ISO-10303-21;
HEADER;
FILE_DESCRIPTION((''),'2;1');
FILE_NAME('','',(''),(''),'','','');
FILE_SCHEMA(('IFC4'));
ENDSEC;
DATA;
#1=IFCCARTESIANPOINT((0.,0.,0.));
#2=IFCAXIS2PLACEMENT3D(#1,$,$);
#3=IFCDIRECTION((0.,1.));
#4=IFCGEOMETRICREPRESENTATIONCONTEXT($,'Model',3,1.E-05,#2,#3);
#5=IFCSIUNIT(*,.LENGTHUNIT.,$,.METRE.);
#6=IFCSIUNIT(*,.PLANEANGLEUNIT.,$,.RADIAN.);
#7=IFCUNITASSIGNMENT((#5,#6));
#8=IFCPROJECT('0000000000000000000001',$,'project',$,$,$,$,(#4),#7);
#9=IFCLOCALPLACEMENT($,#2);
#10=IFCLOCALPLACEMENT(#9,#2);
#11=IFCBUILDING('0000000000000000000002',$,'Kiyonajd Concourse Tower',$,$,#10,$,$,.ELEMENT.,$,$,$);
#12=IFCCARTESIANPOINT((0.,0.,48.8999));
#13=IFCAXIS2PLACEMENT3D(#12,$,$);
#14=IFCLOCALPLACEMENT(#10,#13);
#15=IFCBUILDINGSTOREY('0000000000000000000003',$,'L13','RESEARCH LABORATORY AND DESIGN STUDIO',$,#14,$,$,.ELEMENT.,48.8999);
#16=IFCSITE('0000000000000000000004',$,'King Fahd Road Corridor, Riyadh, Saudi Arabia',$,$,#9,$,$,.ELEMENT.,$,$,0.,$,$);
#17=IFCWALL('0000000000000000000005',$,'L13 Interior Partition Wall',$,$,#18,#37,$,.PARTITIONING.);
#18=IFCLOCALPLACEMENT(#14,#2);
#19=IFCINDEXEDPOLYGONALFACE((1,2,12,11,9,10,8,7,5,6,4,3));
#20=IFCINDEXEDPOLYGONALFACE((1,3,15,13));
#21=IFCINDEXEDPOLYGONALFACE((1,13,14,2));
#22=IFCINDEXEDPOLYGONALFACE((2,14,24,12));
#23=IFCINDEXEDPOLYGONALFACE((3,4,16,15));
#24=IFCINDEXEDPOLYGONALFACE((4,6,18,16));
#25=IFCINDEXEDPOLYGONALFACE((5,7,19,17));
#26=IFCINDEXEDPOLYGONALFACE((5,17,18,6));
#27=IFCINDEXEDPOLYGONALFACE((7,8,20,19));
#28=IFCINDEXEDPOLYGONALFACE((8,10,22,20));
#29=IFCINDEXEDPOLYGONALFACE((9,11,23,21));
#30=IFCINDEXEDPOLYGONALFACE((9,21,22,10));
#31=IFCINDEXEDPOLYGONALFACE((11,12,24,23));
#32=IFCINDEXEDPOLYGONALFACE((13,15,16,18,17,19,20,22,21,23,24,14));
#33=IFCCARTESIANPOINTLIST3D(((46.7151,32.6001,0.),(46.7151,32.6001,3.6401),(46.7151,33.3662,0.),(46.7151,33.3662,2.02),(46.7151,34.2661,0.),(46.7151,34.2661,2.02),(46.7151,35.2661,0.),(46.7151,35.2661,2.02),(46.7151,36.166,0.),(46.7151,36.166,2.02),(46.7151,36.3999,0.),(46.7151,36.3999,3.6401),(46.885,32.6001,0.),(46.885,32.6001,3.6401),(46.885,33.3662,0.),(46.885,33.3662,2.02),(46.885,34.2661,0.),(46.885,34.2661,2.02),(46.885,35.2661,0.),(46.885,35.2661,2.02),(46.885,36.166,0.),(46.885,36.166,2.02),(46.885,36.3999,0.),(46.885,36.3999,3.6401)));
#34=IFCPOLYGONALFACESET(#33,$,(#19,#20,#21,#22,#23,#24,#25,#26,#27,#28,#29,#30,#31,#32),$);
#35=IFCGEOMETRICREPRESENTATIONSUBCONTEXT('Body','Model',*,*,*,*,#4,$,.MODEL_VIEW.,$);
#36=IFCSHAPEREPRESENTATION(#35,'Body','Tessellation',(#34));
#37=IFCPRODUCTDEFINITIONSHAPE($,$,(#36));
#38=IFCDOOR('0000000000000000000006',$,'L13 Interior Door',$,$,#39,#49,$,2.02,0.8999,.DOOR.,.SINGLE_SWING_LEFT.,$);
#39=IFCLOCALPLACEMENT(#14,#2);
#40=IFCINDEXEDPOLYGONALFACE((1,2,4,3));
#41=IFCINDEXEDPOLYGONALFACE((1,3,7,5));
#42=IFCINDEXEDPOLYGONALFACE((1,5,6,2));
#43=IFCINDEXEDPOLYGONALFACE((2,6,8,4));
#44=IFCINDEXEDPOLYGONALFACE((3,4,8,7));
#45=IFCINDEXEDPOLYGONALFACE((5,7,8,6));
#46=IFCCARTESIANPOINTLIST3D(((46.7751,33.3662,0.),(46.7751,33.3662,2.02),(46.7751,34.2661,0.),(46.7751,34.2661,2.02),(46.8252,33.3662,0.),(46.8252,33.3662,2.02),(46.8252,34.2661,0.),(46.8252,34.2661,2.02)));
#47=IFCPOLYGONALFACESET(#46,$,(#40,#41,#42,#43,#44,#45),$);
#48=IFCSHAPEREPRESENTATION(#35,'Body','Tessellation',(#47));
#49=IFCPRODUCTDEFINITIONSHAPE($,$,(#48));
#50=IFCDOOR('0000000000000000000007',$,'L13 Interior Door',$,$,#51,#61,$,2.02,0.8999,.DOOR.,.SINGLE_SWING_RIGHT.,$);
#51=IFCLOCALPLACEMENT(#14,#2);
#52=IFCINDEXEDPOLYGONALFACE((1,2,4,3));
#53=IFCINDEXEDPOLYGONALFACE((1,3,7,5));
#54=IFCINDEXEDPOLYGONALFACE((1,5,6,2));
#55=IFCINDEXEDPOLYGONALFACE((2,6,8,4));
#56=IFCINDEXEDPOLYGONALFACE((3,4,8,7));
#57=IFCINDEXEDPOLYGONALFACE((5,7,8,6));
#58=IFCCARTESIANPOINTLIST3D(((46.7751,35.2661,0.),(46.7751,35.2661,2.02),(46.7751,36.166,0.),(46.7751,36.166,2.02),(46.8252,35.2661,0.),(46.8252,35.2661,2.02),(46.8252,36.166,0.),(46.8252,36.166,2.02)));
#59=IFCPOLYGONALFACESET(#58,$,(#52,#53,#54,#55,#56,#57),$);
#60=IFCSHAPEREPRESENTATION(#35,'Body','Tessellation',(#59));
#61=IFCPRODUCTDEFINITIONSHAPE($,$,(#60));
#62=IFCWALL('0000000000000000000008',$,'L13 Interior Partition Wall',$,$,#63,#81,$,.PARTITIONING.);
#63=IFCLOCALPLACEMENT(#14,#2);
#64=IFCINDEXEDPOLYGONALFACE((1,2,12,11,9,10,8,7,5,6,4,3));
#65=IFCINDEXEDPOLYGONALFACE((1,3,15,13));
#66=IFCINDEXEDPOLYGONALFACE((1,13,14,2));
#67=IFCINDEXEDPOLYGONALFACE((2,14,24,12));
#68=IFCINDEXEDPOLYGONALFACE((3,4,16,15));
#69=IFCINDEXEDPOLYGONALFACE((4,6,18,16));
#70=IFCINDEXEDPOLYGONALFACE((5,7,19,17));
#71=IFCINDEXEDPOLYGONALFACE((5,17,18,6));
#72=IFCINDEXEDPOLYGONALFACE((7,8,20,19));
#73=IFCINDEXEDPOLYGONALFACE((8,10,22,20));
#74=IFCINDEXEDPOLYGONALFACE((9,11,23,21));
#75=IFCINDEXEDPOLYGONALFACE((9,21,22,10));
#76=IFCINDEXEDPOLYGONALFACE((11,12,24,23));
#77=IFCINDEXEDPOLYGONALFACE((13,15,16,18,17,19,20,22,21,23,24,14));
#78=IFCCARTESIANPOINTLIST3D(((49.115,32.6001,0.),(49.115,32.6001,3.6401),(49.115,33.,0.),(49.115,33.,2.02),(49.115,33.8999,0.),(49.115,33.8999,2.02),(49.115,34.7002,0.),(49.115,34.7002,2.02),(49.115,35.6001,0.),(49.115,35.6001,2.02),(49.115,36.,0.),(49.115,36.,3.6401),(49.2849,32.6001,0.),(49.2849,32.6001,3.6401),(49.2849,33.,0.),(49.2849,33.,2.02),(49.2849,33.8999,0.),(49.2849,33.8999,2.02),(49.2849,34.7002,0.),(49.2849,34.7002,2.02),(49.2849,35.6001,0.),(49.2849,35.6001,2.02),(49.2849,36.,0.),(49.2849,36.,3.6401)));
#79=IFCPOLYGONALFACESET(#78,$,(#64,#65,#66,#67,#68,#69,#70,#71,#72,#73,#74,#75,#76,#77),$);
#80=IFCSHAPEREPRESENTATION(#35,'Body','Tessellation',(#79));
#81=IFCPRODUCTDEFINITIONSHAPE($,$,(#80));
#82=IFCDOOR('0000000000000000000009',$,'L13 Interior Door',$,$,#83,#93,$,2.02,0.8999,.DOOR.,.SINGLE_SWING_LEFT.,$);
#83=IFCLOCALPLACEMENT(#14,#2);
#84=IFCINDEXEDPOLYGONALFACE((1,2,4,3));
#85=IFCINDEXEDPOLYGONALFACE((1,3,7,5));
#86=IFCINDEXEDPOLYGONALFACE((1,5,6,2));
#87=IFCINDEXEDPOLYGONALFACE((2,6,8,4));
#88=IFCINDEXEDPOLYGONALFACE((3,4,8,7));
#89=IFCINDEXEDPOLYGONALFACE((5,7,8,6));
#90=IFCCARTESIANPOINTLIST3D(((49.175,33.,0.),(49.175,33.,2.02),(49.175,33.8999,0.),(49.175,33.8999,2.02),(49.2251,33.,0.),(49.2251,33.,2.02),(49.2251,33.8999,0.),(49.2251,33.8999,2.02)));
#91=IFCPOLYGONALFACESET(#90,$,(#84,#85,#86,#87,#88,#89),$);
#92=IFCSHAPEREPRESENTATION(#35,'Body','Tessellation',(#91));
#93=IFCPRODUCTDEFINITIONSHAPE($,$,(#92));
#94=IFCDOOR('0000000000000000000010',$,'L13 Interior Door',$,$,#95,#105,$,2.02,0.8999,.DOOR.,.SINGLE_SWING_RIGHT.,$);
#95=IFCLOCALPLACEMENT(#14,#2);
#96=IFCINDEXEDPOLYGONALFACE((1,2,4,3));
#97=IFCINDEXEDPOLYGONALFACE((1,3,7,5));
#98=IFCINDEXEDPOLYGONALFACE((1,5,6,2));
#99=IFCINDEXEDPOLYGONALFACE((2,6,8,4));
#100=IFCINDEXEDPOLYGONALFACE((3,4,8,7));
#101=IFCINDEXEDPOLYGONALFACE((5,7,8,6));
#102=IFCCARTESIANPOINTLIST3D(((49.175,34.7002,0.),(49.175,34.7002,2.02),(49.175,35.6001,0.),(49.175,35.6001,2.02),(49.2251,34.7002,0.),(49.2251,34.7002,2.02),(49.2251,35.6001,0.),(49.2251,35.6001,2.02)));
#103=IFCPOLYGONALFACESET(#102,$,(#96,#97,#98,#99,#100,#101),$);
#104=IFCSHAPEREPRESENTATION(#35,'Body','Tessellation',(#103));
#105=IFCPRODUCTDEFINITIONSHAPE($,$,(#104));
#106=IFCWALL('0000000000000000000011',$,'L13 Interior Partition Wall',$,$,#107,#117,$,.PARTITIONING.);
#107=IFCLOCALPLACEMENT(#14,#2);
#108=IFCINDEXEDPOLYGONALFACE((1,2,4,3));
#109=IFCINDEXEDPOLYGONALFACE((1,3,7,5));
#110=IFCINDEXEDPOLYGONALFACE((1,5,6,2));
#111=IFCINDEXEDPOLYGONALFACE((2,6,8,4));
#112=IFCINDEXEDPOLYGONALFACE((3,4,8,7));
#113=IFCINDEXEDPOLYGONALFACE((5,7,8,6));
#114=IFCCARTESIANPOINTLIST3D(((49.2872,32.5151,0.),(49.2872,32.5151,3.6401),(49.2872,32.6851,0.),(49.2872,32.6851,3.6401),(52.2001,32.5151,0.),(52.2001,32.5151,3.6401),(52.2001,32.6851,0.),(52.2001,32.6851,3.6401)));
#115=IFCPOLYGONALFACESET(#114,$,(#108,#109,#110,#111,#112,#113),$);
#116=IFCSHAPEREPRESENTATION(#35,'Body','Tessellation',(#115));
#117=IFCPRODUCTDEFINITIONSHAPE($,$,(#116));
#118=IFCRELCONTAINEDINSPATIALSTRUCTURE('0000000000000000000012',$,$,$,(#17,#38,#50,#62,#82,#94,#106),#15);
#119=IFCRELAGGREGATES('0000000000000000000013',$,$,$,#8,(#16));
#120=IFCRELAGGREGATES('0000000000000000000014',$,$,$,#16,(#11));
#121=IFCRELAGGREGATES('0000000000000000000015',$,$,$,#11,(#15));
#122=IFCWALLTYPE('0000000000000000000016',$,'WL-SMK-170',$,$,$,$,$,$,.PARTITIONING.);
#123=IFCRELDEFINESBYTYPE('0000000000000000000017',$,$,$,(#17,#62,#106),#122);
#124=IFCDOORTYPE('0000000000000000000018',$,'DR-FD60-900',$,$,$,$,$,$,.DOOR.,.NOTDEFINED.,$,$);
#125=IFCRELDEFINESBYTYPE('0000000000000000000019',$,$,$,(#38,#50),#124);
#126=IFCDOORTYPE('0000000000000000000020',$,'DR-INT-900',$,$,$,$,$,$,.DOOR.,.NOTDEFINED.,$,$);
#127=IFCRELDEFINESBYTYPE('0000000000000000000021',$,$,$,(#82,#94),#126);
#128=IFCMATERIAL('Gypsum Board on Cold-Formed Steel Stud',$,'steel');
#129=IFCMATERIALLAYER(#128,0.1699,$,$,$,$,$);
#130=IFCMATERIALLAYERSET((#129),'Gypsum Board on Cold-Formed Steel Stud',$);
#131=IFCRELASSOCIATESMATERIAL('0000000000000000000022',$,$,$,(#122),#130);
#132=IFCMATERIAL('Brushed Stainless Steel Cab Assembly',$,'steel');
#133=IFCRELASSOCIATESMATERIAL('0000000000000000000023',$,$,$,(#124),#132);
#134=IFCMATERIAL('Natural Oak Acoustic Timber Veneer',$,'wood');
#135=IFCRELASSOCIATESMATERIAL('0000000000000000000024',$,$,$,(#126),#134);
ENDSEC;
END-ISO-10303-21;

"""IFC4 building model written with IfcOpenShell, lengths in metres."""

from ifc_helpers import new_model, si_unit, direction, frame, frame_2d, origin, place, context, subcontext, project, spatial, rectangle, extrude, material, layer, layer_set, type_object, element, fill, save


model = new_model("IFC4")

# Units and contexts
model_context = context("Model", 3, precision=1e-05, world=origin(), true_north=direction((0.0, 1.0)))
body_context = subcontext(model_context, "Body", "Model", "MODEL_VIEW")
ifc_project = project(units=[si_unit("LENGTHUNIT", "METRE"), si_unit("PLANEANGLEUNIT", "RADIAN")], contexts=[model_context])

# Site, building, storey
site_placement = place(None, origin())
site = spatial("IfcSite", under=ifc_project, at=site_placement, Name="King Fahd Road Corridor, Riyadh, Saudi Arabia", CompositionType="ELEMENT", RefElevation=0.0)
building_placement = place(site_placement, origin())
building = spatial("IfcBuilding", under=site, at=building_placement, Name="Kiyonajd Concourse Tower", CompositionType="ELEMENT")
storey_placement = place(building_placement, frame((0.0, 0.0, 48.8999)))
storey = spatial("IfcBuildingStorey", under=building, at=storey_placement, Name="L13", Description="RESEARCH LABORATORY AND DESIGN STUDIO", CompositionType="ELEMENT", Elevation=48.8999)

# Shared definitions
ifc_material_1 = material(Name="Gypsum Board on Cold-Formed Steel Stud", Category="steel")

# Shared definitions
ifc_material_2 = material(Name="Brushed Stainless Steel Cab Assembly", Category="steel")

# Walls, openings, doors
ifc_layer_1 = layer(ifc_material_1, 0.1699)
ifc_layer_set_1 = layer_set([ifc_layer_1], Name="Gypsum Board on Cold-Formed Steel Stud")
wall_type_1 = type_object("IfcWallType", Name="WL-SMK-170", PredefinedType="PARTITIONING", material=ifc_layer_set_1)
wall_1_placement = place(storey_placement, frame((46.8, 32.6001, 0.0), z_axis=(0.0, 0.0, 1.0), x_axis=(0.0, 1.0, 0.0)))
wall_1 = element("IfcWall", 1, at=wall_1_placement, inside=storey, type_object=wall_type_1, Name="L13 Interior Partition Wall", PredefinedType="PARTITIONING", context=body_context, shape_type="SweptSolid", body=[
    extrude(rectangle(XDim=3.7998, YDim=0.1699, at=frame_2d((1.8999, 0.0))), origin(), (0.0, 0.0, 1.0), 3.6401),
])
opening_1_placement = place(wall_1_placement, frame((0.7661, 0.0, 0.0)))
opening_1 = element("IfcOpeningElement", 2, at=opening_1_placement, cuts=wall_1, PredefinedType="OPENING", context=body_context, shape_type="SweptSolid", body=[
    extrude(rectangle(XDim=0.8999, YDim=2.02, at=frame_2d((0.45, 1.01))), frame((0.0, 0.095, 0.0), z_axis=(0.0, -1.0, 0.0), x_axis=(1.0, 0.0, 0.0)), (0.0, 0.0, 1.0), 0.1899),
])
opening_2_placement = place(wall_1_placement, frame((2.666, 0.0, 0.0)))
opening_2 = element("IfcOpeningElement", 3, at=opening_2_placement, cuts=wall_1, PredefinedType="OPENING", context=body_context, shape_type="SweptSolid", body=[
    extrude(rectangle(XDim=0.8999, YDim=2.02, at=frame_2d((0.45, 1.01))), frame((0.0, 0.095, 0.0), z_axis=(0.0, -1.0, 0.0), x_axis=(1.0, 0.0, 0.0)), (0.0, 0.0, 1.0), 0.1899),
])
door_type_1 = type_object("IfcDoorType", Name="DR-FD60-900", OperationType="NOTDEFINED", PredefinedType="DOOR", material=ifc_material_2)
door_1_placement = place(opening_1_placement, origin())
door_1 = element("IfcDoor", 4, at=door_1_placement, inside=storey, type_object=door_type_1, Name="L13 Interior Door", OperationType="SINGLE_SWING_LEFT", OverallHeight=2.02, OverallWidth=0.8999, PredefinedType="DOOR", context=body_context, shape_type="SweptSolid", body=[
    extrude(rectangle(XDim=0.8999, YDim=2.02, at=frame_2d((0.45, 1.01))), frame((0.0, 0.0249, 0.0), z_axis=(0.0, -1.0, 0.0), x_axis=(1.0, 0.0, 0.0)), (0.0, 0.0, 1.0), 0.05),
])
fill(opening_1, door_1)
door_2_placement = place(opening_2_placement, origin())
door_2 = element("IfcDoor", 5, at=door_2_placement, inside=storey, type_object=door_type_1, Name="L13 Interior Door", OperationType="SINGLE_SWING_RIGHT", OverallHeight=2.02, OverallWidth=0.8999, PredefinedType="DOOR", context=body_context, shape_type="SweptSolid", body=[
    extrude(rectangle(XDim=0.8999, YDim=2.02, at=frame_2d((0.45, 1.01))), frame((0.0, 0.0249, 0.0), z_axis=(0.0, -1.0, 0.0), x_axis=(1.0, 0.0, 0.0)), (0.0, 0.0, 1.0), 0.05),
])
fill(opening_2, door_2)
wall_2_placement = place(storey_placement, frame((49.2, 32.6001, 0.0), z_axis=(0.0, 0.0, 1.0), x_axis=(0.0, 1.0, 0.0)))
wall_2 = element("IfcWall", 6, at=wall_2_placement, inside=storey, type_object=wall_type_1, Name="L13 Interior Partition Wall", PredefinedType="PARTITIONING", context=body_context, shape_type="SweptSolid", body=[
    extrude(rectangle(XDim=3.3999, YDim=0.1699, at=frame_2d((1.7, 0.0))), origin(), (0.0, 0.0, 1.0), 3.6401),
])
opening_3_placement = place(wall_2_placement, frame((0.3999, 0.0, 0.0)))
opening_3 = element("IfcOpeningElement", 7, at=opening_3_placement, cuts=wall_2, PredefinedType="OPENING", context=body_context, shape_type="SweptSolid", body=[
    extrude(rectangle(XDim=0.8999, YDim=2.02, at=frame_2d((0.45, 1.01))), frame((0.0, 0.095, 0.0), z_axis=(0.0, -1.0, 0.0), x_axis=(1.0, 0.0, 0.0)), (0.0, 0.0, 1.0), 0.1899),
])
opening_4_placement = place(wall_2_placement, frame((2.1001, 0.0, 0.0)))
opening_4 = element("IfcOpeningElement", 8, at=opening_4_placement, cuts=wall_2, PredefinedType="OPENING", context=body_context, shape_type="SweptSolid", body=[
    extrude(rectangle(XDim=0.8999, YDim=2.02, at=frame_2d((0.45, 1.01))), frame((0.0, 0.095, 0.0), z_axis=(0.0, -1.0, 0.0), x_axis=(1.0, 0.0, 0.0)), (0.0, 0.0, 1.0), 0.1899),
])
ifc_material_3 = material(Name="Natural Oak Acoustic Timber Veneer", Category="wood")
door_type_2 = type_object("IfcDoorType", Name="DR-INT-900", OperationType="NOTDEFINED", PredefinedType="DOOR", material=ifc_material_3)
door_3_placement = place(opening_3_placement, origin())
door_3 = element("IfcDoor", 9, at=door_3_placement, inside=storey, type_object=door_type_2, Name="L13 Interior Door", OperationType="SINGLE_SWING_LEFT", OverallHeight=2.02, OverallWidth=0.8999, PredefinedType="DOOR", context=body_context, shape_type="SweptSolid", body=[
    extrude(rectangle(XDim=0.8999, YDim=2.02, at=frame_2d((0.45, 1.01))), frame((0.0, 0.0249, 0.0), z_axis=(0.0, -1.0, 0.0), x_axis=(1.0, 0.0, 0.0)), (0.0, 0.0, 1.0), 0.05),
])
fill(opening_3, door_3)
door_4_placement = place(opening_4_placement, origin())
door_4 = element("IfcDoor", 10, at=door_4_placement, inside=storey, type_object=door_type_2, Name="L13 Interior Door", OperationType="SINGLE_SWING_RIGHT", OverallHeight=2.02, OverallWidth=0.8999, PredefinedType="DOOR", context=body_context, shape_type="SweptSolid", body=[
    extrude(rectangle(XDim=0.8999, YDim=2.02, at=frame_2d((0.45, 1.01))), frame((0.0, 0.0249, 0.0), z_axis=(0.0, -1.0, 0.0), x_axis=(1.0, 0.0, 0.0)), (0.0, 0.0, 1.0), 0.05),
])
fill(opening_4, door_4)

# Wall
wall_3_placement = place(storey_placement, frame((49.2871, 32.6001, 0.0), z_axis=(0.0, 0.0, 1.0), x_axis=(1.0, 0.0, 0.0)))
element("IfcWall", 11, at=wall_3_placement, inside=storey, type_object=wall_type_1, Name="L13 Interior Partition Wall", PredefinedType="PARTITIONING", context=body_context, shape_type="SweptSolid", body=[
    extrude(rectangle(XDim=2.9128, YDim=0.1699, at=frame_2d((1.4565, 0.0))), origin(), (0.0, 0.0, 1.0), 3.6401),
])

save(model, "model.ifc")
